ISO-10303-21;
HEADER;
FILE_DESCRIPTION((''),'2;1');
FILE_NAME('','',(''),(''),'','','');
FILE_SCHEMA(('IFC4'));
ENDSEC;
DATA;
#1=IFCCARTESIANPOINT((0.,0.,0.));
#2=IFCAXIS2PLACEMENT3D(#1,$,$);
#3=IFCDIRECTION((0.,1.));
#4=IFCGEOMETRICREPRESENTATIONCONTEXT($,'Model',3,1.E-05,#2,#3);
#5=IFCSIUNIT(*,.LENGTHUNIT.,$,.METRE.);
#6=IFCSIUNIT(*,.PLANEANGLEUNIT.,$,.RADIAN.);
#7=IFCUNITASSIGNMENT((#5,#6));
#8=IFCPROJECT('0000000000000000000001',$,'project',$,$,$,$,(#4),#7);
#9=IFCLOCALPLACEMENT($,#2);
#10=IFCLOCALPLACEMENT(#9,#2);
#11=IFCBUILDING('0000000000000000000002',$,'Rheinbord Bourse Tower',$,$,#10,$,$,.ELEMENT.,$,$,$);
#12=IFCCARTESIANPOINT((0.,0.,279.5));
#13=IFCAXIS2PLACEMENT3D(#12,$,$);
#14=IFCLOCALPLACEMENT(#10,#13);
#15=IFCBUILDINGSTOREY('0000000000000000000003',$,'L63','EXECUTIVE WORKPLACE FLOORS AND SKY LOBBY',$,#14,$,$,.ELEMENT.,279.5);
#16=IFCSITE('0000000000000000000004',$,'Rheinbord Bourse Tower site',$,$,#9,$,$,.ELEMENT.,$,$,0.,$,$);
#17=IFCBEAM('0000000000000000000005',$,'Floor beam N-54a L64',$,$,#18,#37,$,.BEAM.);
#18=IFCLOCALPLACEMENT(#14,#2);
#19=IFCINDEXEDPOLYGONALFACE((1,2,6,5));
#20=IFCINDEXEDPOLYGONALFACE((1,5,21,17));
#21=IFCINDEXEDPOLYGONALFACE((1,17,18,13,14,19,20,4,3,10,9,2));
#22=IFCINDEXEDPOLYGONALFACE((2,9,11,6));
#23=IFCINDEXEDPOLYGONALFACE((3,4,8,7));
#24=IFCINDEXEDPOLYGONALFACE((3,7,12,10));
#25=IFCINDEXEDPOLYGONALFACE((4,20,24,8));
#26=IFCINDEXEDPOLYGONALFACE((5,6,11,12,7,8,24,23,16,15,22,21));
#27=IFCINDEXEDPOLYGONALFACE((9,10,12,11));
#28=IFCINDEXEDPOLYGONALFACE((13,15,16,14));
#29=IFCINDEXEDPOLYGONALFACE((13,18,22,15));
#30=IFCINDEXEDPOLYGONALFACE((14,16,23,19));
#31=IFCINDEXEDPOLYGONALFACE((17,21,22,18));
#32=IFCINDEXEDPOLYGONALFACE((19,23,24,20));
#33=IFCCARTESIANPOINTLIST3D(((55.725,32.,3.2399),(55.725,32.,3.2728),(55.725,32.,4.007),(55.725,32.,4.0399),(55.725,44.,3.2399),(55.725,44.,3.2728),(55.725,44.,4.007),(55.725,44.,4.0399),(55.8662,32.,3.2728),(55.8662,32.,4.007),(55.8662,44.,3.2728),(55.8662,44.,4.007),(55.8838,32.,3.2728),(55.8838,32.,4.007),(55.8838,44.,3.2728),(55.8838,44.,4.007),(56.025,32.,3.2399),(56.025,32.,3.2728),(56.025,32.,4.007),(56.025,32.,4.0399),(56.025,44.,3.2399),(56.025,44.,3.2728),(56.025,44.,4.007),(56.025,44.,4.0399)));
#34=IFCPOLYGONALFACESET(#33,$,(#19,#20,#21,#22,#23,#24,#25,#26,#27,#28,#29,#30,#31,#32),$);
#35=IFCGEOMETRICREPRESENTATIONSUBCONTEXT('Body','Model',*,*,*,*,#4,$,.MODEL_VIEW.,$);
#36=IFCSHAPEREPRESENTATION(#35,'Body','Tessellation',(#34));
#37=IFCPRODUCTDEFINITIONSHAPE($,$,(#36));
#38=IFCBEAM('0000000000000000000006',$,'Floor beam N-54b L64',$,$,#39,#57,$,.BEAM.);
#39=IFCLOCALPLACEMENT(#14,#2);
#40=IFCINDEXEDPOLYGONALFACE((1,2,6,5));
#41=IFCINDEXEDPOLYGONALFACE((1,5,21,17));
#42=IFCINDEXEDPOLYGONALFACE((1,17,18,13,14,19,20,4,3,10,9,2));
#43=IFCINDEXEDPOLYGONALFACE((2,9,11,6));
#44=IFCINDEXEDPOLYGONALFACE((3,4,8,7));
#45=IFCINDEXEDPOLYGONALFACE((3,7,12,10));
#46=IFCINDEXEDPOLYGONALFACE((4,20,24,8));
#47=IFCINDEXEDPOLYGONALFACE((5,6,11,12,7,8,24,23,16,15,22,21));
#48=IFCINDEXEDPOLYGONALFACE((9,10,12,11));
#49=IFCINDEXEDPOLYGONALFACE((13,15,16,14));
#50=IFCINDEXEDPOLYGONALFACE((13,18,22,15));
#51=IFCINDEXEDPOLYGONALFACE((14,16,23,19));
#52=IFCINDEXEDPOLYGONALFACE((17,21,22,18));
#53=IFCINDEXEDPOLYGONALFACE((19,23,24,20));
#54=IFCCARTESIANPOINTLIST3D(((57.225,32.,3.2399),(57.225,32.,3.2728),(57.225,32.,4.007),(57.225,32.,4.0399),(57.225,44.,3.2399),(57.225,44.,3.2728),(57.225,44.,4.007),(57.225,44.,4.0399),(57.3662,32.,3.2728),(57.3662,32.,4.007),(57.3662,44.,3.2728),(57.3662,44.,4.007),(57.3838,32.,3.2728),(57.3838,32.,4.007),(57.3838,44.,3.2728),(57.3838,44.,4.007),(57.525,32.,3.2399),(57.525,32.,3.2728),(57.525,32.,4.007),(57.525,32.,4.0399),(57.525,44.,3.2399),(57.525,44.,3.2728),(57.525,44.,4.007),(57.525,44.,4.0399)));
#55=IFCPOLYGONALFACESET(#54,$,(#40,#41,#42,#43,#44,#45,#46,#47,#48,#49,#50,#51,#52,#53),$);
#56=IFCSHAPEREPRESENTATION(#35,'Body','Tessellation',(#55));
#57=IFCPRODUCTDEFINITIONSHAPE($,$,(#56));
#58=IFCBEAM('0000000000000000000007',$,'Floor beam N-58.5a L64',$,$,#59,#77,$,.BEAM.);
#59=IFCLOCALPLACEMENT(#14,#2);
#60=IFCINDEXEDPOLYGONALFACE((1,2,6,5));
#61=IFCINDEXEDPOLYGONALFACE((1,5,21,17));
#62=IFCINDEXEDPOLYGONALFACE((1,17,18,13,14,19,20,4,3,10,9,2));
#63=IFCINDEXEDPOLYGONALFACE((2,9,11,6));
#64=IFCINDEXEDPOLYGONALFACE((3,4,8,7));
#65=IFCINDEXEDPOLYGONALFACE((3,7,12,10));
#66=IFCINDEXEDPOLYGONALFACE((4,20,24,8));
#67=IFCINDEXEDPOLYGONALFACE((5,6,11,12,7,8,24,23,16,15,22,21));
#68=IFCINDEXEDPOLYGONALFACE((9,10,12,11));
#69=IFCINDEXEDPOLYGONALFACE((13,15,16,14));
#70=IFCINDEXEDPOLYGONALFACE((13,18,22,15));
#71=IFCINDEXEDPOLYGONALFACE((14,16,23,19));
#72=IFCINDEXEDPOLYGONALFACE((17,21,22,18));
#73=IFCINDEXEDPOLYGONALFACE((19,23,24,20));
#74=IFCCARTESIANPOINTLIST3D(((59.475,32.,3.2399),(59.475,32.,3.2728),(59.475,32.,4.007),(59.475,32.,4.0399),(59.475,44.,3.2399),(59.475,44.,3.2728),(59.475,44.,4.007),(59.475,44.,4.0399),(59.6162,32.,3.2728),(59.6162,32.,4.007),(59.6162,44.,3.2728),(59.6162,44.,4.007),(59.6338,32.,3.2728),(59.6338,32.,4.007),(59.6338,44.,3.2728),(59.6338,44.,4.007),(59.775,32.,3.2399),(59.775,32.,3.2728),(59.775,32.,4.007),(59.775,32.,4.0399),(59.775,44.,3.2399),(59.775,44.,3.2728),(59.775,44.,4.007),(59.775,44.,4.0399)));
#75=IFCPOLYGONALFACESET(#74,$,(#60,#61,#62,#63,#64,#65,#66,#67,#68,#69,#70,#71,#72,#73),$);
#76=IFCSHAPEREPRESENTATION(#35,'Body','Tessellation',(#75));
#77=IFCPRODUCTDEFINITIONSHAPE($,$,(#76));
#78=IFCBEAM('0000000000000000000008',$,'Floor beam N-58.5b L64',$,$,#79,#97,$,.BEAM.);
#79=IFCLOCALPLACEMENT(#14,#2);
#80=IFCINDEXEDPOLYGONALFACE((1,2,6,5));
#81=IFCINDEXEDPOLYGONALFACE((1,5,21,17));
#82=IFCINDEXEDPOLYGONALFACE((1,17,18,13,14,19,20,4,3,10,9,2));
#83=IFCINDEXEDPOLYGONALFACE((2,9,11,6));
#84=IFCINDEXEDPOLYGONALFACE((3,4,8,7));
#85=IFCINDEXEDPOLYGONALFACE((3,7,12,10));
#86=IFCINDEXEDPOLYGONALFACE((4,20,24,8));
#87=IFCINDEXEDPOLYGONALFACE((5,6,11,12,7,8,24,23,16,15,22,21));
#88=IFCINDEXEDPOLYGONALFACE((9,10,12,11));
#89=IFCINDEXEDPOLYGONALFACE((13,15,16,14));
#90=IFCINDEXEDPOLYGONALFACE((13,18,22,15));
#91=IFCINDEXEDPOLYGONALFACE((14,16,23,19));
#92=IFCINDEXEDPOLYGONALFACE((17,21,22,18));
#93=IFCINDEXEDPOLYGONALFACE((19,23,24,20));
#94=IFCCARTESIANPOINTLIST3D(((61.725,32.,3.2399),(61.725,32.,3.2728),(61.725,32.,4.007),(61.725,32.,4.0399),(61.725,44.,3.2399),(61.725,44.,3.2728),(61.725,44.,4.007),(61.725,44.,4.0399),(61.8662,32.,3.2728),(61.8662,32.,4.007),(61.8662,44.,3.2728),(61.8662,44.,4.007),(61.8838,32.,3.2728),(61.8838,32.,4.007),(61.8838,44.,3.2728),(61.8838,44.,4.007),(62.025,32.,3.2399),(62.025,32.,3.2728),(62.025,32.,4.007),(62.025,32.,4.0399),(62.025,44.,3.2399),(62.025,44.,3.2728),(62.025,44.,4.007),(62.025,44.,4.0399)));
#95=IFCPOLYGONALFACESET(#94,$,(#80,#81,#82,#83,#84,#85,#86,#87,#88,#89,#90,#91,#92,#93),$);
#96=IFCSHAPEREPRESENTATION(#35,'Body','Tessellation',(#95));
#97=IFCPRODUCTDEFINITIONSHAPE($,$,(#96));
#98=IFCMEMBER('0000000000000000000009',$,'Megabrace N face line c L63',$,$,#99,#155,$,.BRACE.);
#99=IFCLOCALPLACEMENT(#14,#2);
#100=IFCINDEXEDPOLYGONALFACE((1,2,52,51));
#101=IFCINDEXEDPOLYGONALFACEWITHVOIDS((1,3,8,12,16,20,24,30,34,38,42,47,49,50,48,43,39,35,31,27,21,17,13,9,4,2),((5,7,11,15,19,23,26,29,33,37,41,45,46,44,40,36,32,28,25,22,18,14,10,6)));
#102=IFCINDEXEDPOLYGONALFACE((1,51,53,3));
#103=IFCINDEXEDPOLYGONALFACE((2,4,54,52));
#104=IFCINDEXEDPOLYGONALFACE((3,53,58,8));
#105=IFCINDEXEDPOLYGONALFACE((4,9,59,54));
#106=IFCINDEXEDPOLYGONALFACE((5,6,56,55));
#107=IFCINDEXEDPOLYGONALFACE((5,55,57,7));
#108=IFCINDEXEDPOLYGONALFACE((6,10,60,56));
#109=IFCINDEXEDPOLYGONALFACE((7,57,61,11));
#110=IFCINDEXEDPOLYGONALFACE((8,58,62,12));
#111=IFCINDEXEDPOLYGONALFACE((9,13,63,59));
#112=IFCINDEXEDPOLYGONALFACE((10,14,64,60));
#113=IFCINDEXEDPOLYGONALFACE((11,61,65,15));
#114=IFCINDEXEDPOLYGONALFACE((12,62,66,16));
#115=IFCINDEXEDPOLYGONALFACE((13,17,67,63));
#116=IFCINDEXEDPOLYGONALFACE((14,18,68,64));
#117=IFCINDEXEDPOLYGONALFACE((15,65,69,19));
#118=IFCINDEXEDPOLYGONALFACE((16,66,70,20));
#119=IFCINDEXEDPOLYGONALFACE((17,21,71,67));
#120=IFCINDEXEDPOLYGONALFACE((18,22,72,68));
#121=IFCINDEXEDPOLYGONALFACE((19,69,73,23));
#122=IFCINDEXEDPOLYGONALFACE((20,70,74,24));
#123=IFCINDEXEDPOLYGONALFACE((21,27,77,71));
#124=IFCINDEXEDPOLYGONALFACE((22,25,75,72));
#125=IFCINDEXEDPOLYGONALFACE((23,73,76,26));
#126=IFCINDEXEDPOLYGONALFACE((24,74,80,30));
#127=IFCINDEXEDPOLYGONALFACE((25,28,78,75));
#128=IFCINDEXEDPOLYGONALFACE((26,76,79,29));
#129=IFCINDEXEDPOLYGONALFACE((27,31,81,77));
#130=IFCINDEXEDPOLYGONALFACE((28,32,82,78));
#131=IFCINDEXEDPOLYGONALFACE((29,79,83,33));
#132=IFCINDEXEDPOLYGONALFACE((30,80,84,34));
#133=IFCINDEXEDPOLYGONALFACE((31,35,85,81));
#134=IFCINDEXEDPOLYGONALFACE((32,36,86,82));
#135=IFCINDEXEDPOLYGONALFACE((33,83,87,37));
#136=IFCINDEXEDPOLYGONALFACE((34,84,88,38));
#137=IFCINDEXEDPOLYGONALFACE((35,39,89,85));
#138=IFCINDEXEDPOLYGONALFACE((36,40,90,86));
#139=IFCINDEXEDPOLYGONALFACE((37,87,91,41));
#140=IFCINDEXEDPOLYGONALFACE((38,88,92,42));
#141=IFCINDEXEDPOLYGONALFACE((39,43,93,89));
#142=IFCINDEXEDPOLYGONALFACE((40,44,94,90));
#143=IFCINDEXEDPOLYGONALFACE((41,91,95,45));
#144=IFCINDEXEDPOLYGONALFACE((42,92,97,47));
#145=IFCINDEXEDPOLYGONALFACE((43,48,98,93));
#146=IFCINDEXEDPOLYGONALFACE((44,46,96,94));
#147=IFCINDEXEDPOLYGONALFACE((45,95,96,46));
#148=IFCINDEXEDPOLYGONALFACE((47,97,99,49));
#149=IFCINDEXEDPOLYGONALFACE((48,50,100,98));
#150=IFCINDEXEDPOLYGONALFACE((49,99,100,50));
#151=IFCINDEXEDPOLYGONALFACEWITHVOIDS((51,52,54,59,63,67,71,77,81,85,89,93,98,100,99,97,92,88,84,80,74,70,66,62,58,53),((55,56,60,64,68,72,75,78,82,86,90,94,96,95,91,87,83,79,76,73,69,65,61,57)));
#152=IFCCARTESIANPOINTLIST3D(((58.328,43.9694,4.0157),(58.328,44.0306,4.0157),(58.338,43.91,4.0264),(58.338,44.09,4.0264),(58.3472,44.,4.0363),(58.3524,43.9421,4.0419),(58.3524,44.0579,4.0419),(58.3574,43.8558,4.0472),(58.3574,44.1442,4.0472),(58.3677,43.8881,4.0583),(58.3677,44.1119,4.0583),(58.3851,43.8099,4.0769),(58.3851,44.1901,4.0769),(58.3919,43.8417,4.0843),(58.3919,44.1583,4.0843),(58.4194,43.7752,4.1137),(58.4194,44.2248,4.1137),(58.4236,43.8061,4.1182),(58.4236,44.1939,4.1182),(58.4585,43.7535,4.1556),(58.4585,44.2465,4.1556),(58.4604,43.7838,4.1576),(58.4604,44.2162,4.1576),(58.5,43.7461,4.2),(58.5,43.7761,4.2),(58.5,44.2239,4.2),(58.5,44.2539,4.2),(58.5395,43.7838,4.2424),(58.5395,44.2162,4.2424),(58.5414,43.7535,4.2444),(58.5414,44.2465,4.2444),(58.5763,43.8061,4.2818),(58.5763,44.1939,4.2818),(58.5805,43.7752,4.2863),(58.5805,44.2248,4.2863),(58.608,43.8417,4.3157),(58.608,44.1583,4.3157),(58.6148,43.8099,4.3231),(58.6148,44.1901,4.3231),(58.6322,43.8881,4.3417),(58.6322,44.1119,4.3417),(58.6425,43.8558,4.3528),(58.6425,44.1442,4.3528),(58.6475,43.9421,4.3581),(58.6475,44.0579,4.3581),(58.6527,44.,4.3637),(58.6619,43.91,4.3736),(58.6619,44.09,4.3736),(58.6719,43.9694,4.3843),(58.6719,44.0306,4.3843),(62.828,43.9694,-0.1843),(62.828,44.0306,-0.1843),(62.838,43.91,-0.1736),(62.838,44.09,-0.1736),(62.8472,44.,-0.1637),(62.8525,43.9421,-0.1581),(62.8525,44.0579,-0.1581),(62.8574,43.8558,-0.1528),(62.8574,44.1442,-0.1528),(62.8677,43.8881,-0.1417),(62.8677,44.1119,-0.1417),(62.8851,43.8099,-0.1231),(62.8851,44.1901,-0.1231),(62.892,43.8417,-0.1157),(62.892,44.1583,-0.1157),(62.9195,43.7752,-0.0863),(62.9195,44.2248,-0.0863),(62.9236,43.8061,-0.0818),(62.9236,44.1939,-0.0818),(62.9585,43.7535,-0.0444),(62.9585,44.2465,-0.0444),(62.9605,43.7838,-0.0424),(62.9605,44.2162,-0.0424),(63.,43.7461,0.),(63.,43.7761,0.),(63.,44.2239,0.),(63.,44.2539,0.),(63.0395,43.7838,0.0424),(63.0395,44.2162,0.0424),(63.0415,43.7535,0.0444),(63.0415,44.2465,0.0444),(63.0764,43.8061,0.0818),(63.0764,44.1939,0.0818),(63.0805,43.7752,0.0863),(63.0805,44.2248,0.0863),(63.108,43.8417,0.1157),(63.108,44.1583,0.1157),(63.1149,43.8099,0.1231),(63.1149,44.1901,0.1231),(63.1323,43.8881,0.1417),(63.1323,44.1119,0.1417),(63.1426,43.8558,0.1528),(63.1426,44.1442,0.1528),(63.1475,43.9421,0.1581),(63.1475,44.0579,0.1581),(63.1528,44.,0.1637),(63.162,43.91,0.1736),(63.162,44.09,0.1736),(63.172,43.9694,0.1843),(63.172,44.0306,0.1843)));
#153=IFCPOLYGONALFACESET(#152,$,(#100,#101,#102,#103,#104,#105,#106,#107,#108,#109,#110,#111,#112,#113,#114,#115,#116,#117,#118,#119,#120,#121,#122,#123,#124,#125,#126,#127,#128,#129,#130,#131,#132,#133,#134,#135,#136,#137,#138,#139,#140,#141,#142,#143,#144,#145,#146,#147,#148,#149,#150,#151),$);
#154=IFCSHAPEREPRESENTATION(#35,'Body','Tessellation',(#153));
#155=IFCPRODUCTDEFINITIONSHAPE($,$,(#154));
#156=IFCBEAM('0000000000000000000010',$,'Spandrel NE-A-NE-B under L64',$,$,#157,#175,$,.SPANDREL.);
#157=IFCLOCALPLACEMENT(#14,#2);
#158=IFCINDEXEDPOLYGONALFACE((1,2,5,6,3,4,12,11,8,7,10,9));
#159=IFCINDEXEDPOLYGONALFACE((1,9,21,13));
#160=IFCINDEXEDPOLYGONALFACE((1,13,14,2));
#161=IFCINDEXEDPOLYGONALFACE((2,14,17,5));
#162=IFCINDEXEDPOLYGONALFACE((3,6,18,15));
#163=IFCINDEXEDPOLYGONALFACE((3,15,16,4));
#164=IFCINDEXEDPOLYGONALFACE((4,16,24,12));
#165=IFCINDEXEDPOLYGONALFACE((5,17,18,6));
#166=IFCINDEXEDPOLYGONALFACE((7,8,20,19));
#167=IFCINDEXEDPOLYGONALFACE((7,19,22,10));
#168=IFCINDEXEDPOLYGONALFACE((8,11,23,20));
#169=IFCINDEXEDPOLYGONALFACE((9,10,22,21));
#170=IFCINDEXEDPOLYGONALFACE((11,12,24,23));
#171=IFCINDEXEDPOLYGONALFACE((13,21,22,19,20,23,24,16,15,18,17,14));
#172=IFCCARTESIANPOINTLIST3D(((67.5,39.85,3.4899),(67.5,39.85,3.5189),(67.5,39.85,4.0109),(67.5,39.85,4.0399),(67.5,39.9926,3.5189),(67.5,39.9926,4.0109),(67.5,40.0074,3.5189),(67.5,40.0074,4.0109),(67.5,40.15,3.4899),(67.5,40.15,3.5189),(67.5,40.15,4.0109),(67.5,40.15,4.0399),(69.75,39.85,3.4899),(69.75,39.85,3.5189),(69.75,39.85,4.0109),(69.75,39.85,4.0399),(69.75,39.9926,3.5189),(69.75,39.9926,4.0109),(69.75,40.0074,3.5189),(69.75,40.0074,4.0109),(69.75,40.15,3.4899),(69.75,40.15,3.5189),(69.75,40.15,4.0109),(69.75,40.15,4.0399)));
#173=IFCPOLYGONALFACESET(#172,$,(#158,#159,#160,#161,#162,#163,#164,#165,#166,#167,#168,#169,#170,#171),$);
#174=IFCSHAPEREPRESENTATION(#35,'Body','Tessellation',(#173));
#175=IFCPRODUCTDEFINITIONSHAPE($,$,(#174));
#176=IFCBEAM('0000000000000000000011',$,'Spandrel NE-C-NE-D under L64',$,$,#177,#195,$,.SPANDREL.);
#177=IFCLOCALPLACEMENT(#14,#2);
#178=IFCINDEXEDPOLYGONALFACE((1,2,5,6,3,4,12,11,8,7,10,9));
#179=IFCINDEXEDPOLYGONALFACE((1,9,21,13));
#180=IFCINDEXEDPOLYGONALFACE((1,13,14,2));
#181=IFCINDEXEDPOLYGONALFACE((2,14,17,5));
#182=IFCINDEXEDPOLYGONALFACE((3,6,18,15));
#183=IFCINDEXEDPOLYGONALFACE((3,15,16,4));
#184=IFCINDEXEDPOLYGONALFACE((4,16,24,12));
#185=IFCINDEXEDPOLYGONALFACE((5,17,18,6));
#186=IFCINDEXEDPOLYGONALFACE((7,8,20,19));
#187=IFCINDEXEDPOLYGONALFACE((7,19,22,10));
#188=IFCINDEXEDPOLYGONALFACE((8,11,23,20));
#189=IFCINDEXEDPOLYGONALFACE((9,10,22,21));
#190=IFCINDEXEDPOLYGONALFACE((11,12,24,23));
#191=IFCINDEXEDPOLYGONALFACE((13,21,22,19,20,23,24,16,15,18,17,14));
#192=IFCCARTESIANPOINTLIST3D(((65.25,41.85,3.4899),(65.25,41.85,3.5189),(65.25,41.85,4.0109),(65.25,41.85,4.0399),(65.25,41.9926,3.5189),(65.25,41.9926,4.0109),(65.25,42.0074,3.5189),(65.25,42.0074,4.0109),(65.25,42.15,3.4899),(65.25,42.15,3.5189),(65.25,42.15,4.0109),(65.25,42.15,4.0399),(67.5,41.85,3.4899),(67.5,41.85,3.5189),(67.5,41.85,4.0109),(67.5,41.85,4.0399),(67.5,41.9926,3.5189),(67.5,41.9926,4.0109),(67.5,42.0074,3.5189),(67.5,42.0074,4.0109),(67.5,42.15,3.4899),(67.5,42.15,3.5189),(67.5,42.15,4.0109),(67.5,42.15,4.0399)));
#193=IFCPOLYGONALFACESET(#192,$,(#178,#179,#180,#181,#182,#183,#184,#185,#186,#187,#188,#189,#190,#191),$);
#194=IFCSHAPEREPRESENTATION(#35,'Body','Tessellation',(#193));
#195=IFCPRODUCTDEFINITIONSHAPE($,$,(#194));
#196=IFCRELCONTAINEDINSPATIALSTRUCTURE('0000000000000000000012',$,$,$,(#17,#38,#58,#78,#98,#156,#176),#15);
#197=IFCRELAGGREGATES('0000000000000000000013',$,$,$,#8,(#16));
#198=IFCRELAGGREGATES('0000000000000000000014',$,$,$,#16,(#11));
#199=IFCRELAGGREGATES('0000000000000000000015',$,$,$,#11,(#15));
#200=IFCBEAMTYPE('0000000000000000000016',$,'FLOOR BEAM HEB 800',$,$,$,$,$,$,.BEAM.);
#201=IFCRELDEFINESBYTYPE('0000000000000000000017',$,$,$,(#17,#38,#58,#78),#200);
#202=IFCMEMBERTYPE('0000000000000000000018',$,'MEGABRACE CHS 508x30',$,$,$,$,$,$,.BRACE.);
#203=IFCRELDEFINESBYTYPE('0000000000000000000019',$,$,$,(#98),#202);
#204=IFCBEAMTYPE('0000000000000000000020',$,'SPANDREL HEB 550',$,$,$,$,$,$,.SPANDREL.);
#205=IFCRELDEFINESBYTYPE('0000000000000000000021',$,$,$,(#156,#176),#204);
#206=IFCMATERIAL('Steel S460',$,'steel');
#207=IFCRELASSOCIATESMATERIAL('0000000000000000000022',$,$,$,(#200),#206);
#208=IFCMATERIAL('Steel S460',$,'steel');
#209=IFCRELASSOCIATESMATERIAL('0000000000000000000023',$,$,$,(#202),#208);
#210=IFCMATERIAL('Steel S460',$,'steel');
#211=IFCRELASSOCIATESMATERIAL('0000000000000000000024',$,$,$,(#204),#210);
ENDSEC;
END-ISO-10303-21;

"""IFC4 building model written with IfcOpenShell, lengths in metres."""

from ifc_helpers import new_model, si_unit, direction, frame, origin, origin_2d, place, context, subcontext, project, spatial, hollow_circle, i_section, extrude, material, material_profile, profile_set, type_object, element, save


model = new_model("IFC4")

# Units and contexts
model_context = context("Model", 3, precision=1e-05, world=origin(), true_north=direction((0.0, 1.0)))
body_context = subcontext(model_context, "Body", "Model", "MODEL_VIEW")
ifc_project = project(units=[si_unit("LENGTHUNIT", "METRE"), si_unit("PLANEANGLEUNIT", "RADIAN")], contexts=[model_context])

# Site, building, storey
site_placement = place(None, origin())
site = spatial("IfcSite", under=ifc_project, at=site_placement, Name="Rheinbord Bourse Tower site", CompositionType="ELEMENT", RefElevation=0.0)
building_placement = place(site_placement, origin())
building = spatial("IfcBuilding", under=site, at=building_placement, Name="Rheinbord Bourse Tower", CompositionType="ELEMENT")
storey_placement = place(building_placement, frame((0.0, 0.0, 279.5)))
storey = spatial("IfcBuildingStorey", under=building, at=storey_placement, Name="L63", Description="EXECUTIVE WORKPLACE FLOORS AND SKY LOBBY", CompositionType="ELEMENT", Elevation=279.5)

# Beams
ifc_material_1 = material(Name="Steel S460", Category="steel")
ifc_material_profile_1 = material_profile(ifc_material_1, i_section(OverallWidth=0.3, OverallDepth=0.8, WebThickness=0.0176, FlangeThickness=0.033, at=origin_2d()), Name="HEB 800")
ifc_profile_set_1 = profile_set([ifc_material_profile_1], Name="Steel S460")
beam_type_1 = type_object("IfcBeamType", Name="FLOOR BEAM HEB 800", PredefinedType="BEAM", material=ifc_profile_set_1)
for number, where, z_axis, x_axis, name in (
    (1, (55.875, 44.0, 3.6399), (0.0, -1.0, 0.0), (1.0, 0.0, 0.0), "Floor beam N-54a L64"),
    (2, (57.375, 44.0, 3.6399), (0.0, -1.0, 0.0), (1.0, 0.0, 0.0), "Floor beam N-54b L64"),
    (3, (59.625, 44.0, 3.6399), (0.0, -1.0, 0.0), (1.0, 0.0, 0.0), "Floor beam N-58.5a L64"),
    (4, (61.875, 44.0, 3.6399), (0.0, -1.0, 0.0), (1.0, 0.0, 0.0), "Floor beam N-58.5b L64"),
):
    element("IfcBeam", number, at=place(storey_placement, frame(where, z_axis=z_axis, x_axis=x_axis)), inside=storey, type_object=beam_type_1, Name=name, PredefinedType="BEAM", context=body_context, shape_type="SweptSolid", body=[
        extrude(i_section(OverallWidth=0.3, OverallDepth=0.8, WebThickness=0.0176, FlangeThickness=0.033, at=origin_2d()), origin(), (0.0, 0.0, 1.0), 12.0),
    ])

# Member
ifc_material_2 = material(Name="Steel S460", Category="steel")
ifc_material_profile_2 = material_profile(ifc_material_2, hollow_circle(Radius=0.2539, WallThickness=0.03, at=origin_2d()), Name="CHS 508x30")
ifc_profile_set_2 = profile_set([ifc_material_profile_2], Name="Steel S460")
member_type_1 = type_object("IfcMemberType", Name="MEGABRACE CHS 508x30", PredefinedType="BRACE", material=ifc_profile_set_2)
member_1_placement = place(storey_placement, frame((63.0, 44.0, 0.0), z_axis=(-0.731059, 0.0, 0.682314), x_axis=(0.0, -1.0, 0.0)))
element("IfcMember", 5, at=member_1_placement, inside=storey, type_object=member_type_1, Name="Megabrace N face line c L63", PredefinedType="BRACE", context=body_context, shape_type="SweptSolid", body=[
    extrude(hollow_circle(Radius=0.2539, WallThickness=0.03, at=origin_2d()), origin(), (0.0, 0.0, 1.0), 6.1555),
])

# Beams
ifc_material_3 = material(Name="Steel S460", Category="steel")
ifc_material_profile_3 = material_profile(ifc_material_3, i_section(OverallWidth=0.3, OverallDepth=0.55, WebThickness=0.0149, FlangeThickness=0.0291, at=origin_2d()), Name="HEB 550")
ifc_profile_set_3 = profile_set([ifc_material_profile_3], Name="Steel S460")
beam_type_2 = type_object("IfcBeamType", Name="SPANDREL HEB 550", PredefinedType="SPANDREL", material=ifc_profile_set_3)
for number, where, z_axis, x_axis, name in (
    (6, (69.75, 40.0, 3.7649), (-1.0, 0.0, 0.0), (0.0, -1.0, 0.0), "Spandrel NE-A-NE-B under L64"),
    (7, (67.5, 42.0, 3.7649), (-1.0, 0.0, 0.0), (0.0, -1.0, 0.0), "Spandrel NE-C-NE-D under L64"),
):
    element("IfcBeam", number, at=place(storey_placement, frame(where, z_axis=z_axis, x_axis=x_axis)), inside=storey, type_object=beam_type_2, Name=name, PredefinedType="SPANDREL", context=body_context, shape_type="SweptSolid", body=[
        extrude(i_section(OverallWidth=0.3, OverallDepth=0.55, WebThickness=0.0149, FlangeThickness=0.0291, at=origin_2d()), origin(), (0.0, 0.0, 1.0), 2.25),
    ])

save(model, "model.ifc")
